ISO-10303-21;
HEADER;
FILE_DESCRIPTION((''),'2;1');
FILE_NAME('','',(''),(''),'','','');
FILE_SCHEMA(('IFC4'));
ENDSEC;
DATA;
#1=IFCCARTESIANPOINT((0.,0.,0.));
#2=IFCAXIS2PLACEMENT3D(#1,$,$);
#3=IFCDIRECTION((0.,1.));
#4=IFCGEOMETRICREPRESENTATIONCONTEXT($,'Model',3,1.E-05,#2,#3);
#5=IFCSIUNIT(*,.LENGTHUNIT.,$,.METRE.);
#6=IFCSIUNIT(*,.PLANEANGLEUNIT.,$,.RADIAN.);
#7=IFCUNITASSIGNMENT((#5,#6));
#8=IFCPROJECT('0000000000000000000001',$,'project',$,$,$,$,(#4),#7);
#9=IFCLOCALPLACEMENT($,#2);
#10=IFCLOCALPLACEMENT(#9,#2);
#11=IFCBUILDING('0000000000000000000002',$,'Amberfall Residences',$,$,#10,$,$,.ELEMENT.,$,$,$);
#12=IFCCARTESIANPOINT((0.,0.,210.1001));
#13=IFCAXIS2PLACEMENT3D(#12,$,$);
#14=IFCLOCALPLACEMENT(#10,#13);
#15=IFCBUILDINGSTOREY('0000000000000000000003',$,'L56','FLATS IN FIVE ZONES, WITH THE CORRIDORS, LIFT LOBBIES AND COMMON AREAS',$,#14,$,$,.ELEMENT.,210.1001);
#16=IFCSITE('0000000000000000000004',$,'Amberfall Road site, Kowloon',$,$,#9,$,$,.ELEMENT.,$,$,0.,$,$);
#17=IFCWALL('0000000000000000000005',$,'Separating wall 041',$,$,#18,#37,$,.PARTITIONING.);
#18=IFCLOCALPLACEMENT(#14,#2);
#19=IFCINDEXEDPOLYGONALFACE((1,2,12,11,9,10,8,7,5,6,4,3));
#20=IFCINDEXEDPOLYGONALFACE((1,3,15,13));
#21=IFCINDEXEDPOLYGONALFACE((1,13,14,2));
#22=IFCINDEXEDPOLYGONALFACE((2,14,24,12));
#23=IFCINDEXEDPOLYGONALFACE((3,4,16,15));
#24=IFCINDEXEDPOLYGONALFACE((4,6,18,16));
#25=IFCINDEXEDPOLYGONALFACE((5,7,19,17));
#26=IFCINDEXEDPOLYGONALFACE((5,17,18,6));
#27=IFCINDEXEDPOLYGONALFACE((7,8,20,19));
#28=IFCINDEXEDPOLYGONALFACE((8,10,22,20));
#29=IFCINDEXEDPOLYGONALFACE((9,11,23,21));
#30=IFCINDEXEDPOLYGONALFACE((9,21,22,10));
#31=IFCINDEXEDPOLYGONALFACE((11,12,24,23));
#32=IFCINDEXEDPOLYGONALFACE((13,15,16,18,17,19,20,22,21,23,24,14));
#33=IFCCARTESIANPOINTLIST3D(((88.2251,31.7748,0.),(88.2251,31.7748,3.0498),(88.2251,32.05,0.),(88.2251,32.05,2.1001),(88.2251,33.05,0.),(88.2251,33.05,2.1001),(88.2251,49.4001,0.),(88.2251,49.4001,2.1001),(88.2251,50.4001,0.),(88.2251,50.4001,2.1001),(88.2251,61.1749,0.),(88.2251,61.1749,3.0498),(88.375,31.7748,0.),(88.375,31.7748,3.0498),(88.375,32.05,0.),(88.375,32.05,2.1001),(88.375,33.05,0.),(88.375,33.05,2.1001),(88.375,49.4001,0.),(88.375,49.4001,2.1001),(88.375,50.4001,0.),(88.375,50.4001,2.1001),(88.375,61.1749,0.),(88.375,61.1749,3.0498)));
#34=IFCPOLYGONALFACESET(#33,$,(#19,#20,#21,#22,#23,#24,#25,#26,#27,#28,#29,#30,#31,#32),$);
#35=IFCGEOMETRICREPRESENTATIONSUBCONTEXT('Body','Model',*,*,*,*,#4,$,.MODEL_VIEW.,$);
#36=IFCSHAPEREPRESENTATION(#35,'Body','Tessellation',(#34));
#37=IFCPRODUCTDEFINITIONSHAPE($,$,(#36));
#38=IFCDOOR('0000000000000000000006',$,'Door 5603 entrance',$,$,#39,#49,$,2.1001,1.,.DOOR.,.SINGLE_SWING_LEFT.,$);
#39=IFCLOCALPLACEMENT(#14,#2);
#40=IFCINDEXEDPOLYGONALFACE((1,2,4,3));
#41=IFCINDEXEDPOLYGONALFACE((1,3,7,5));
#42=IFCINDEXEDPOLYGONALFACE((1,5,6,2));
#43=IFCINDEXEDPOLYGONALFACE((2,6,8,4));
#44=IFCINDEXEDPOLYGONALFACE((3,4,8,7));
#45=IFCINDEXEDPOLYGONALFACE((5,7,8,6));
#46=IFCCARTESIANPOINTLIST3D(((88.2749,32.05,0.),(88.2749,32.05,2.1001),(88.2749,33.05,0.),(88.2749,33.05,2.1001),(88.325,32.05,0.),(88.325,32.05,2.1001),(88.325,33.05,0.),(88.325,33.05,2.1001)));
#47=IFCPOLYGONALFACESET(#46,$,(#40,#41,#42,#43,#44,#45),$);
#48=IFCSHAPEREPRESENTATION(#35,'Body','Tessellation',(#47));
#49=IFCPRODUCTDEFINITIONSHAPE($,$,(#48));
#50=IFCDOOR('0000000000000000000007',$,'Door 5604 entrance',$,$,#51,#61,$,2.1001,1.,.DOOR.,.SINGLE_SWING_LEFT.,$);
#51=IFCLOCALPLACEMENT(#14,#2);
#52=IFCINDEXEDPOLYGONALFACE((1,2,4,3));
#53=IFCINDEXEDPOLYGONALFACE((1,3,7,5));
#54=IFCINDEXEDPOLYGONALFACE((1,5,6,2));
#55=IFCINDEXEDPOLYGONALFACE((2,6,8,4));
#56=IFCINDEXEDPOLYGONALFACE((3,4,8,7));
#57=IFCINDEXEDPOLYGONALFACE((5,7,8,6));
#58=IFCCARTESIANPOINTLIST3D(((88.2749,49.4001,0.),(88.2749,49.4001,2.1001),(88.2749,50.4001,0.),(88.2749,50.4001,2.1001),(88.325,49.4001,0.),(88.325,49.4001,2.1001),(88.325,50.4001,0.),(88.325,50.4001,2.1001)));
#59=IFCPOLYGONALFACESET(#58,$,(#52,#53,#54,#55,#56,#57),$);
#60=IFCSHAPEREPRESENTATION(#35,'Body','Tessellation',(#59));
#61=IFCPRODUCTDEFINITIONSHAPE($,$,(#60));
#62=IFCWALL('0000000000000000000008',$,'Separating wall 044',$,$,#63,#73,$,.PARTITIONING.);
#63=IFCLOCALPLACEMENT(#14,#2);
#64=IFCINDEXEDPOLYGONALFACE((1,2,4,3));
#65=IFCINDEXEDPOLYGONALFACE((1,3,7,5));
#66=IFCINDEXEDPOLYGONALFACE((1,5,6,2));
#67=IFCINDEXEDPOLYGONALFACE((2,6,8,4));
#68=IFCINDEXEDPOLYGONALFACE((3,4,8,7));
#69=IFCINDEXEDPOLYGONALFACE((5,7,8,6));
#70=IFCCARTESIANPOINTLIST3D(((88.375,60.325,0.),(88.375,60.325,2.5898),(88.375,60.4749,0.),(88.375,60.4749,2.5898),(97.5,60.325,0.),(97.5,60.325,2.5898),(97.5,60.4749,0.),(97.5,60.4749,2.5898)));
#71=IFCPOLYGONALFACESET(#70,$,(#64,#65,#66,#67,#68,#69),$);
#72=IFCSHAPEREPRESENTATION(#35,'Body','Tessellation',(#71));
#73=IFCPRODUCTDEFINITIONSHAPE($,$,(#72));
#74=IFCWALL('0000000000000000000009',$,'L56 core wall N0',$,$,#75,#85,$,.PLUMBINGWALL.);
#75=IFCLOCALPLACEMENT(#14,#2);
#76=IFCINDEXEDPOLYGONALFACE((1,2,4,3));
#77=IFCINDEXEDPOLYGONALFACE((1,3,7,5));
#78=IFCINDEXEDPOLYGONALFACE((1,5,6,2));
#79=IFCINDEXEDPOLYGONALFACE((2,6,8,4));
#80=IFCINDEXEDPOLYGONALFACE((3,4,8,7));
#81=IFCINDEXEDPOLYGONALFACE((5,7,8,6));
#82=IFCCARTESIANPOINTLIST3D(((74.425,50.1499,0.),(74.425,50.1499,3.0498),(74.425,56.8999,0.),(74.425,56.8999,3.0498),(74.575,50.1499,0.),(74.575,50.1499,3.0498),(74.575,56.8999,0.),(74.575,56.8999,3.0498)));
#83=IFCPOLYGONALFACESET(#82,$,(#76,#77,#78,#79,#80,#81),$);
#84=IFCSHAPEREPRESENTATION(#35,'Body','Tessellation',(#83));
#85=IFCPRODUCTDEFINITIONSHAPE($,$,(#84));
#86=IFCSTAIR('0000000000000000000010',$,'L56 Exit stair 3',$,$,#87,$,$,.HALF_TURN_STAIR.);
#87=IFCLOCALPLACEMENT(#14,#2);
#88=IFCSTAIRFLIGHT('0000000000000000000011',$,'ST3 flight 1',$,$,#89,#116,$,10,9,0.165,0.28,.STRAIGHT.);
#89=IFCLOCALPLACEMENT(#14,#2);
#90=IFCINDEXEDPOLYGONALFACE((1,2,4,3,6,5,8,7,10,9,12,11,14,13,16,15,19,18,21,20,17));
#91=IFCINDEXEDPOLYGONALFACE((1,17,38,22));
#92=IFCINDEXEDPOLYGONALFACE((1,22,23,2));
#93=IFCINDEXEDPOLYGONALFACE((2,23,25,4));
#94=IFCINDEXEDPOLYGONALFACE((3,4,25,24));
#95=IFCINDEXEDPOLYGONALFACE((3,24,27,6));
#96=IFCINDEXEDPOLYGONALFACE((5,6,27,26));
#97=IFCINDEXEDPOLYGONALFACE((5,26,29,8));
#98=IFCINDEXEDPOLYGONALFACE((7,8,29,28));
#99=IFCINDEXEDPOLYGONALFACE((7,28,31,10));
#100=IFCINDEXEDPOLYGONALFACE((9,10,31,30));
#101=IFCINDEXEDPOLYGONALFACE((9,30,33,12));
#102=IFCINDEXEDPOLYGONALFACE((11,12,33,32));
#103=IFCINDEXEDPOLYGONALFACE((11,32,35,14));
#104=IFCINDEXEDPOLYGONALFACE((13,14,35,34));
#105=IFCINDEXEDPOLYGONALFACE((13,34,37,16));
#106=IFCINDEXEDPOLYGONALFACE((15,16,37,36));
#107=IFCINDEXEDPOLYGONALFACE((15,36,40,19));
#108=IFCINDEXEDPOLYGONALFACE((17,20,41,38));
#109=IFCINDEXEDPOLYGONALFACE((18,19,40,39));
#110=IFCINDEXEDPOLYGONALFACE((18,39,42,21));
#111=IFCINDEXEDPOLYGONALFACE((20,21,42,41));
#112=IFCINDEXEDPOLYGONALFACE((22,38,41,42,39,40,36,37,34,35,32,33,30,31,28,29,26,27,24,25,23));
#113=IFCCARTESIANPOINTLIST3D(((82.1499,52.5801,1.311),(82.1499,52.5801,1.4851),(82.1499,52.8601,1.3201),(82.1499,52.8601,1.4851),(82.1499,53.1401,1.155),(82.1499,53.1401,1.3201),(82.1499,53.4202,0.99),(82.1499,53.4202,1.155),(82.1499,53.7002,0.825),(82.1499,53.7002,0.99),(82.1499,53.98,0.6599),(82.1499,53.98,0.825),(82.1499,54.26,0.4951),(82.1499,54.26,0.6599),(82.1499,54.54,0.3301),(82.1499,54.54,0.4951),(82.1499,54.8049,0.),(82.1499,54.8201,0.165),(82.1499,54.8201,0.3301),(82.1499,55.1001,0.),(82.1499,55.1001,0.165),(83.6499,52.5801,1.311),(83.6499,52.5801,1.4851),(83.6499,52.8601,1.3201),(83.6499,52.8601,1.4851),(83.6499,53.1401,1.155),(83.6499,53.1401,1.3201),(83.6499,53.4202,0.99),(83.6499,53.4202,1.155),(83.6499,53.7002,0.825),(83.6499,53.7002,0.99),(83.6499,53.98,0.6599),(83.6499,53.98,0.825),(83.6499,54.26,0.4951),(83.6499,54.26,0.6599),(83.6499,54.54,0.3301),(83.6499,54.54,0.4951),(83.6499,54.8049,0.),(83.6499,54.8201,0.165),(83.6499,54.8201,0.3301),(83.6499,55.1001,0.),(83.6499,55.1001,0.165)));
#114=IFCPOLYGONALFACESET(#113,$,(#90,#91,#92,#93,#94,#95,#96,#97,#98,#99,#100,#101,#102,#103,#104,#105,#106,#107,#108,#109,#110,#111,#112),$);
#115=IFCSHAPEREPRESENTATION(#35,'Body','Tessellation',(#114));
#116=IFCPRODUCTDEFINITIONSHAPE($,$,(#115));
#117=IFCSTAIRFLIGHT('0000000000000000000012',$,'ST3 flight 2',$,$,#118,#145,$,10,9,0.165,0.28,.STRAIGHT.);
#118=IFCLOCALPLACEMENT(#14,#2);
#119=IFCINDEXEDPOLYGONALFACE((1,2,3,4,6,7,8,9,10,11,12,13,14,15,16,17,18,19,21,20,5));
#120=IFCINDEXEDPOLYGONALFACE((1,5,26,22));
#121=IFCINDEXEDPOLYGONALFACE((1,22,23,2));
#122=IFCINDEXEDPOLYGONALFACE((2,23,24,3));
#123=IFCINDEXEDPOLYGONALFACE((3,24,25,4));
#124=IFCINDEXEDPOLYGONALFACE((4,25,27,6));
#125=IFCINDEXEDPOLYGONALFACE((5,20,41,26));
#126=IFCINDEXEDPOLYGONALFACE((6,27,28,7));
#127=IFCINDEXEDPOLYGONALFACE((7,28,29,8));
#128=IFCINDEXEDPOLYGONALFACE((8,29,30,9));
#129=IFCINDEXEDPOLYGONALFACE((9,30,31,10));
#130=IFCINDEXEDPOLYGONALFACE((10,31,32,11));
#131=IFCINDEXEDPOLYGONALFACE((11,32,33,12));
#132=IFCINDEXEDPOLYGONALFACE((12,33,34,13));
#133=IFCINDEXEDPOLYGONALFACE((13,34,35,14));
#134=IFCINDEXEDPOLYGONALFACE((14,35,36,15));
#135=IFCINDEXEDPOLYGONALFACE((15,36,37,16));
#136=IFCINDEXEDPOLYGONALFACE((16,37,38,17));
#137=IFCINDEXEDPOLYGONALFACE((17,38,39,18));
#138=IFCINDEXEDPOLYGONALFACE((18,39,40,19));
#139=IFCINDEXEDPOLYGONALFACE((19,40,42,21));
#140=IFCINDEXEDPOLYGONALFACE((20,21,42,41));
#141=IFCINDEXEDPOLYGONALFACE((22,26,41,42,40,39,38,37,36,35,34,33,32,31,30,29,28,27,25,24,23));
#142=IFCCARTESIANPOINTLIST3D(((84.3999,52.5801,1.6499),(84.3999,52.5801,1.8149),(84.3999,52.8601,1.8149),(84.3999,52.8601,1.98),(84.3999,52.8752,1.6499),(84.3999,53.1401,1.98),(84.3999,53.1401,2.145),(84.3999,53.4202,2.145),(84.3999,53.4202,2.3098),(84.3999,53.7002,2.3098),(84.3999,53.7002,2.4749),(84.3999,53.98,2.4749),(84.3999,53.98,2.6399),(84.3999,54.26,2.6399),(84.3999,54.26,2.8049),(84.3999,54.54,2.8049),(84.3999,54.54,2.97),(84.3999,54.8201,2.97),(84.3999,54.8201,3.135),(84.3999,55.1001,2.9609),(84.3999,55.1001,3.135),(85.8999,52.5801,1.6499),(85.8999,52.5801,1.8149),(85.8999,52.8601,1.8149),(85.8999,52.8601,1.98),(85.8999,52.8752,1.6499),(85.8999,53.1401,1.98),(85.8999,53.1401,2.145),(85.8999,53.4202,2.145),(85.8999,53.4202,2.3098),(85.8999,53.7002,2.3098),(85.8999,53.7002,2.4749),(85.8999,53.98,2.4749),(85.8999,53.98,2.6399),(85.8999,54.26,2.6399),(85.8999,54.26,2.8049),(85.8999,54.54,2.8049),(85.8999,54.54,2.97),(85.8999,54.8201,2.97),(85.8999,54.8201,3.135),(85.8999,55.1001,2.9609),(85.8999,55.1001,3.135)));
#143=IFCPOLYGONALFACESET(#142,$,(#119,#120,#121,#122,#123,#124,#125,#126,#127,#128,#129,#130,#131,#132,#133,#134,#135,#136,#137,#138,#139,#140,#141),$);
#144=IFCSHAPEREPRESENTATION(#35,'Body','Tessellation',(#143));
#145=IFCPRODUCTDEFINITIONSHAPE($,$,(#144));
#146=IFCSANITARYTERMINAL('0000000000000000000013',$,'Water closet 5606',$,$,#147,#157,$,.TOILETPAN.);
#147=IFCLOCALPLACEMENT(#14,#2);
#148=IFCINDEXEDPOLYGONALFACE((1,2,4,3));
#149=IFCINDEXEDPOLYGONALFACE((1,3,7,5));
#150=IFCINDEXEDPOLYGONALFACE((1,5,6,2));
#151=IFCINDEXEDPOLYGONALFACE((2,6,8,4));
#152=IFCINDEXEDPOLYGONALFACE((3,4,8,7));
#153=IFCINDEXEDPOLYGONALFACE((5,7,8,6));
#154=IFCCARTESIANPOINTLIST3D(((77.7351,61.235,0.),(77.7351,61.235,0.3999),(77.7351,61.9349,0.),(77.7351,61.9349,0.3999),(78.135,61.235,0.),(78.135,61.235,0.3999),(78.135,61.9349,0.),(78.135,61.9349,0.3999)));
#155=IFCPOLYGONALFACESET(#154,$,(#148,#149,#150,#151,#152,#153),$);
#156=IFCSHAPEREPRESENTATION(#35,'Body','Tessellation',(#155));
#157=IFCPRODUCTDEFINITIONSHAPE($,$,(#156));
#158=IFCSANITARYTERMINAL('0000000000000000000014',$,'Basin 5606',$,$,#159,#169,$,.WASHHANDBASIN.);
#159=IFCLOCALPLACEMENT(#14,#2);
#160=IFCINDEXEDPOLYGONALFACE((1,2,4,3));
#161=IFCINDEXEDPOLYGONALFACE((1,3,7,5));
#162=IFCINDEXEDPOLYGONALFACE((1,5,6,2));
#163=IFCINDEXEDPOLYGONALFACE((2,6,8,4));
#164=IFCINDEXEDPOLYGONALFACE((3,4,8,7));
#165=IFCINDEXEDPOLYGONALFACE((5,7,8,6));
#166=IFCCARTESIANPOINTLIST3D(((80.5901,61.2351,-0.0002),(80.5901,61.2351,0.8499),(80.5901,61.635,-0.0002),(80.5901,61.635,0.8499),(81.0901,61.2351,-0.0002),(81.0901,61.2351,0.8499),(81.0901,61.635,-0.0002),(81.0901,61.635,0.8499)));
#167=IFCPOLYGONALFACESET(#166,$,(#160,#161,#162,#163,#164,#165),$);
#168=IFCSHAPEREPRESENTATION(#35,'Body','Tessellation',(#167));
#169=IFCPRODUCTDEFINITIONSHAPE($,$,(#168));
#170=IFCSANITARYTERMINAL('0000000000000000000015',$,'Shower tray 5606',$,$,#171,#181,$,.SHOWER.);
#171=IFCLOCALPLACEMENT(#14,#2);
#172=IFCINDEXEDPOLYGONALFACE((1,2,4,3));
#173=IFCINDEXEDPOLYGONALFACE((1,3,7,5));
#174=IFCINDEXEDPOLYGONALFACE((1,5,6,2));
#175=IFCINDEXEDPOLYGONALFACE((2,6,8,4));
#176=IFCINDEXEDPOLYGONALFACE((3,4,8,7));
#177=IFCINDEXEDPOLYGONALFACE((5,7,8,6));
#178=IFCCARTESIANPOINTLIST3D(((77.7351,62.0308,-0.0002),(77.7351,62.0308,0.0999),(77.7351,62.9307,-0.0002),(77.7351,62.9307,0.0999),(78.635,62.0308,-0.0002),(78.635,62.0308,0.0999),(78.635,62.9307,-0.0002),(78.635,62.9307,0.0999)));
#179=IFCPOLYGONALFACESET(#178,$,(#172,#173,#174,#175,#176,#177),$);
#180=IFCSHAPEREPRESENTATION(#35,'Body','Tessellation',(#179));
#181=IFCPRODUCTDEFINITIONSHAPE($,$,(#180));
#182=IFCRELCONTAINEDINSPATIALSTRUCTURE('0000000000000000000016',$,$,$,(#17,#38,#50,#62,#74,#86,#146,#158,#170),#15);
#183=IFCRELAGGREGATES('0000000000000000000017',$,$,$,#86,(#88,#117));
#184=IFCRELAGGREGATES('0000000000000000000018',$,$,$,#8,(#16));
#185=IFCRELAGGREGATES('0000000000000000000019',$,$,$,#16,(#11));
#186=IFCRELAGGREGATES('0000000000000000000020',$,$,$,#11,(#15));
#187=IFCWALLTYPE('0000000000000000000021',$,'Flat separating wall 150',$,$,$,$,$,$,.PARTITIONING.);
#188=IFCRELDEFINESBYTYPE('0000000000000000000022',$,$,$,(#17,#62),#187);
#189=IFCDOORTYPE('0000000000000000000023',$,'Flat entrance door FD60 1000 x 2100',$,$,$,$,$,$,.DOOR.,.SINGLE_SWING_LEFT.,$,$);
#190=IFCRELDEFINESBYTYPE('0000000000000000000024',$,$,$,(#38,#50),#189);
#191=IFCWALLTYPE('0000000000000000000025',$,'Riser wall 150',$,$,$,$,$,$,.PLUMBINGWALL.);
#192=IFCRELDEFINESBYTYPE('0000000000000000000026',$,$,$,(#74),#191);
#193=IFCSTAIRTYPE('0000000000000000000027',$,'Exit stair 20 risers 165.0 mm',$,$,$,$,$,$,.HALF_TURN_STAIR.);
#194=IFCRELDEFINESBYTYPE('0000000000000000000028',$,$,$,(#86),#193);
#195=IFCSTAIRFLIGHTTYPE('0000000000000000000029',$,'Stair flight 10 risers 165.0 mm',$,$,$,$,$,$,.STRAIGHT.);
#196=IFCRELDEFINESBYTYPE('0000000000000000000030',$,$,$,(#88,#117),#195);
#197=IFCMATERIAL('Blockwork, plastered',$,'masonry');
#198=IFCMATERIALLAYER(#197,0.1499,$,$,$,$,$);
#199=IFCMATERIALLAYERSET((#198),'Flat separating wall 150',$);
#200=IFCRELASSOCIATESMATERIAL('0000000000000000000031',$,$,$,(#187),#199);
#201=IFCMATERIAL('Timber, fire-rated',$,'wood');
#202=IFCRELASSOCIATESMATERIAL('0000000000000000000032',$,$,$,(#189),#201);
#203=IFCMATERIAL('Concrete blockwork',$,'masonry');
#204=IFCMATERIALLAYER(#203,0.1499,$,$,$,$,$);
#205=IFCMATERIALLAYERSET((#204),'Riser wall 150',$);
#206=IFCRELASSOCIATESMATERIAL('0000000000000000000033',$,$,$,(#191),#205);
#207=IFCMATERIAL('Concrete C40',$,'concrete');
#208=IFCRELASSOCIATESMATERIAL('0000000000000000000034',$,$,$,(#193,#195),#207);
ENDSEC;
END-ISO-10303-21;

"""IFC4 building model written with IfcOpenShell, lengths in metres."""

from ifc_helpers import new_model, si_unit, direction, frame, frame_2d, origin, origin_2d, place, context, subcontext, project, spatial, polyline, rectangle, outline, extrude, material, layer, layer_set, type_object, element, fill, aggregate, save


model = new_model("IFC4")

# Units and contexts
model_context = context("Model", 3, precision=1e-05, world=origin(), true_north=direction((0.0, 1.0)))
body_context = subcontext(model_context, "Body", "Model", "MODEL_VIEW")
ifc_project = project(units=[si_unit("LENGTHUNIT", "METRE"), si_unit("PLANEANGLEUNIT", "RADIAN")], contexts=[model_context])

# Site, building, storey
site_placement = place(None, origin())
site = spatial("IfcSite", under=ifc_project, at=site_placement, Name="Amberfall Road site, Kowloon", CompositionType="ELEMENT", RefElevation=0.0)
building_placement = place(site_placement, origin())
building = spatial("IfcBuilding", under=site, at=building_placement, Name="Amberfall Residences", CompositionType="ELEMENT")
storey_placement = place(building_placement, frame((0.0, 0.0, 210.1001)))
storey = spatial("IfcBuildingStorey", under=building, at=storey_placement, Name="L56", Description="FLATS IN FIVE ZONES, WITH THE CORRIDORS, LIFT LOBBIES AND COMMON AREAS", CompositionType="ELEMENT", Elevation=210.1001)

# Shared definitions
ifc_material_1 = material(Name="Blockwork, plastered", Category="masonry")
ifc_layer_1 = layer(ifc_material_1, 0.1499)
ifc_layer_set_1 = layer_set([ifc_layer_1], Name="Flat separating wall 150")
wall_type_1 = type_object("IfcWallType", Name="Flat separating wall 150", PredefinedType="PARTITIONING", material=ifc_layer_set_1)

# Wall, openings, doors
wall_1_placement = place(storey_placement, frame((88.3, 61.175, 0.0), z_axis=(0.0, 0.0, 1.0), x_axis=(0.0, -1.0, 0.0)))
wall_1 = element("IfcWall", 1, at=wall_1_placement, inside=storey, type_object=wall_type_1, Name="Separating wall 041", PredefinedType="PARTITIONING", context=body_context, shape_type="SweptSolid", body=[
    extrude(rectangle(XDim=29.4001, YDim=0.1499, at=frame_2d((14.7002, 0.0))), origin(), (0.0, 0.0, 1.0), 3.0498),
])
opening_1_placement = place(wall_1_placement, frame((28.125, 0.0, 0.0)))
opening_1 = element("IfcOpeningElement", 2, at=opening_1_placement, cuts=wall_1, PredefinedType="OPENING", context=body_context, shape_type="SweptSolid", body=[
    extrude(rectangle(XDim=1.0, YDim=2.1001, at=frame_2d((0.5, 1.05))), frame((0.0, 0.085, 0.0), z_axis=(0.0, -1.0, 0.0), x_axis=(1.0, 0.0, 0.0)), (0.0, 0.0, 1.0), 0.1699),
])
opening_2_placement = place(wall_1_placement, frame((10.7749, 0.0, 0.0)))
opening_2 = element("IfcOpeningElement", 3, at=opening_2_placement, cuts=wall_1, PredefinedType="OPENING", context=body_context, shape_type="SweptSolid", body=[
    extrude(rectangle(XDim=1.0, YDim=2.1001, at=frame_2d((0.5, 1.05))), frame((0.0, 0.085, 0.0), z_axis=(0.0, -1.0, 0.0), x_axis=(1.0, 0.0, 0.0)), (0.0, 0.0, 1.0), 0.1699),
])
ifc_material_2 = material(Name="Timber, fire-rated", Category="wood")
door_type_1 = type_object("IfcDoorType", Name="Flat entrance door FD60 1000 x 2100", OperationType="SINGLE_SWING_LEFT", PredefinedType="DOOR", material=ifc_material_2)
door_1_placement = place(opening_1_placement, origin())
door_1 = element("IfcDoor", 4, at=door_1_placement, inside=storey, type_object=door_type_1, Name="Door 5603 entrance", OperationType="SINGLE_SWING_LEFT", OverallHeight=2.1001, OverallWidth=1.0, PredefinedType="DOOR", context=body_context, shape_type="SweptSolid", body=[
    extrude(rectangle(XDim=1.0, YDim=2.1001, at=frame_2d((0.5, 1.05))), frame((0.0, 0.0249, 0.0), z_axis=(0.0, -1.0, 0.0), x_axis=(1.0, 0.0, 0.0)), (0.0, 0.0, 1.0), 0.05),
])
fill(opening_1, door_1)
door_2_placement = place(opening_2_placement, origin())
door_2 = element("IfcDoor", 5, at=door_2_placement, inside=storey, type_object=door_type_1, Name="Door 5604 entrance", OperationType="SINGLE_SWING_LEFT", OverallHeight=2.1001, OverallWidth=1.0, PredefinedType="DOOR", context=body_context, shape_type="SweptSolid", body=[
    extrude(rectangle(XDim=1.0, YDim=2.1001, at=frame_2d((0.5, 1.05))), frame((0.0, 0.0249, 0.0), z_axis=(0.0, -1.0, 0.0), x_axis=(1.0, 0.0, 0.0)), (0.0, 0.0, 1.0), 0.05),
])
fill(opening_2, door_2)

# Walls
wall_2_placement = place(storey_placement, frame((88.375, 60.3999, 0.0), z_axis=(0.0, 0.0, 1.0), x_axis=(1.0, 0.0, 0.0)))
element("IfcWall", 6, at=wall_2_placement, inside=storey, type_object=wall_type_1, Name="Separating wall 044", PredefinedType="PARTITIONING", context=body_context, shape_type="SweptSolid", body=[
    extrude(rectangle(XDim=9.125, YDim=0.1499, at=frame_2d((4.5625, 0.0))), origin(), (0.0, 0.0, 1.0), 2.5898),
])
ifc_material_3 = material(Name="Concrete blockwork", Category="masonry")
ifc_layer_2 = layer(ifc_material_3, 0.1499)
ifc_layer_set_2 = layer_set([ifc_layer_2], Name="Riser wall 150")
wall_type_2 = type_object("IfcWallType", Name="Riser wall 150", PredefinedType="PLUMBINGWALL", material=ifc_layer_set_2)
wall_3_placement = place(storey_placement, frame((74.5, 50.1499, 0.0), z_axis=(0.0, 0.0, 1.0), x_axis=(0.0, 1.0, 0.0)))
element("IfcWall", 7, at=wall_3_placement, inside=storey, type_object=wall_type_2, Name="L56 core wall N0", PredefinedType="PLUMBINGWALL", context=body_context, shape_type="SweptSolid", body=[
    extrude(rectangle(XDim=6.75, YDim=0.1499, at=frame_2d((3.375, 0.0))), origin(), (0.0, 0.0, 1.0), 3.0498),
])

# Stair, stair flights
ifc_material_4 = material(Name="Concrete C40", Category="concrete")
stair_type = type_object("IfcStairType", Name="Exit stair 20 risers 165.0 mm", PredefinedType="HALF_TURN_STAIR", material=ifc_material_4)
stair_placement = place(storey_placement, origin())
stair = element("IfcStair", 8, at=stair_placement, inside=storey, type_object=stair_type, Name="L56 Exit stair 3", PredefinedType="HALF_TURN_STAIR")
stair_flight_type = type_object("IfcStairFlightType", Name="Stair flight 10 risers 165.0 mm", PredefinedType="STRAIGHT", material=ifc_material_4)
stair_flight_1_placement = place(storey_placement, frame((82.8999, 55.1001, 0.0), z_axis=(0.0, 0.0, 1.0), x_axis=(0.0, -1.0, 0.0)))
stair_flight_1 = element("IfcStairFlight", 9, at=stair_flight_1_placement, type_object=stair_flight_type, Name="ST3 flight 1", NumberOfRisers=10, NumberOfTreads=9, PredefinedType="STRAIGHT", RiserHeight=0.165, TreadLength=0.28, context=body_context, shape_type="SweptSolid", body=[
    extrude(outline(polyline([(0.0, 0.0), (0.0, 0.165), (0.28, 0.165), (0.28, 0.3301), (0.5601, 0.3301), (0.5601, 0.4951), (0.8401, 0.4951), (0.8401, 0.6599), (1.1201, 0.6599), (1.1201, 0.825), (1.3999, 0.825), (1.3999, 0.99), (1.6799, 0.99), (1.6799, 1.155), (1.96, 1.155), (1.96, 1.3201), (2.24, 1.3201), (2.24, 1.4851), (2.52, 1.4851), (2.52, 1.6499), (2.52, 1.311), (0.2952, 0.0), (0.0, 0.0)])), frame((0.0, 0.75, 0.0), z_axis=(0.0, -1.0, 0.0), x_axis=(1.0, 0.0, 0.0)), (0.0, 0.0, 1.0), 1.5),
])
stair_flight_2_placement = place(storey_placement, frame((85.1499, 52.5801, 1.6499), z_axis=(0.0, 0.0, 1.0), x_axis=(0.0, 1.0, 0.0)))
stair_flight_2 = element("IfcStairFlight", 10, at=stair_flight_2_placement, type_object=stair_flight_type, Name="ST3 flight 2", NumberOfRisers=10, NumberOfTreads=9, PredefinedType="STRAIGHT", RiserHeight=0.165, TreadLength=0.28, context=body_context, shape_type="SweptSolid", body=[
    extrude(outline(polyline([(0.0, 0.0), (0.0, 0.165), (0.28, 0.165), (0.28, 0.3301), (0.5601, 0.3301), (0.5601, 0.4951), (0.8401, 0.4951), (0.8401, 0.6599), (1.1201, 0.6599), (1.1201, 0.825), (1.3999, 0.825), (1.3999, 0.99), (1.6799, 0.99), (1.6799, 1.155), (1.96, 1.155), (1.96, 1.3201), (2.24, 1.3201), (2.24, 1.4851), (2.52, 1.4851), (2.52, 1.6499), (2.52, 1.311), (0.2952, 0.0), (0.0, 0.0)])), frame((0.0, 0.75, 0.0), z_axis=(0.0, -1.0, 0.0), x_axis=(1.0, 0.0, 0.0)), (0.0, 0.0, 1.0), 1.5),
])
aggregate(stair, [stair_flight_1, stair_flight_2])

# Sanitary terminals
sanitary_terminal_1_placement = place(storey_placement, frame((77.9351, 61.585, 0.0), z_axis=(0.0, 0.0, 1.0), x_axis=(1.0, 0.0, 0.0)))
element("IfcSanitaryTerminal", 11, at=sanitary_terminal_1_placement, inside=storey, Name="Water closet 5606", PredefinedType="TOILETPAN", context=body_context, shape_type="SweptSolid", body=[
    extrude(rectangle(XDim=0.3999, YDim=0.7, at=origin_2d()), origin(), (0.0, 0.0, 1.0), 0.3999),
])
sanitary_terminal_2_placement = place(storey_placement, frame((80.8401, 61.4351, -0.0002), z_axis=(0.0, 0.0, 1.0), x_axis=(1.0, 0.0, 0.0)))
element("IfcSanitaryTerminal", 12, at=sanitary_terminal_2_placement, inside=storey, Name="Basin 5606", PredefinedType="WASHHANDBASIN", context=body_context, shape_type="SweptSolid", body=[
    extrude(rectangle(XDim=0.5, YDim=0.3999, at=origin_2d()), origin(), (0.0, 0.0, 1.0), 0.8501),
])
sanitary_terminal_3_placement = place(storey_placement, frame((78.1851, 62.4807, -0.0002), z_axis=(0.0, 0.0, 1.0), x_axis=(1.0, 0.0, 0.0)))
element("IfcSanitaryTerminal", 13, at=sanitary_terminal_3_placement, inside=storey, Name="Shower tray 5606", PredefinedType="SHOWER", context=body_context, shape_type="SweptSolid", body=[
    extrude(rectangle(XDim=0.8999, YDim=0.8999, at=origin_2d()), origin(), (0.0, 0.0, 1.0), 0.1001),
])

save(model, "model.ifc")
